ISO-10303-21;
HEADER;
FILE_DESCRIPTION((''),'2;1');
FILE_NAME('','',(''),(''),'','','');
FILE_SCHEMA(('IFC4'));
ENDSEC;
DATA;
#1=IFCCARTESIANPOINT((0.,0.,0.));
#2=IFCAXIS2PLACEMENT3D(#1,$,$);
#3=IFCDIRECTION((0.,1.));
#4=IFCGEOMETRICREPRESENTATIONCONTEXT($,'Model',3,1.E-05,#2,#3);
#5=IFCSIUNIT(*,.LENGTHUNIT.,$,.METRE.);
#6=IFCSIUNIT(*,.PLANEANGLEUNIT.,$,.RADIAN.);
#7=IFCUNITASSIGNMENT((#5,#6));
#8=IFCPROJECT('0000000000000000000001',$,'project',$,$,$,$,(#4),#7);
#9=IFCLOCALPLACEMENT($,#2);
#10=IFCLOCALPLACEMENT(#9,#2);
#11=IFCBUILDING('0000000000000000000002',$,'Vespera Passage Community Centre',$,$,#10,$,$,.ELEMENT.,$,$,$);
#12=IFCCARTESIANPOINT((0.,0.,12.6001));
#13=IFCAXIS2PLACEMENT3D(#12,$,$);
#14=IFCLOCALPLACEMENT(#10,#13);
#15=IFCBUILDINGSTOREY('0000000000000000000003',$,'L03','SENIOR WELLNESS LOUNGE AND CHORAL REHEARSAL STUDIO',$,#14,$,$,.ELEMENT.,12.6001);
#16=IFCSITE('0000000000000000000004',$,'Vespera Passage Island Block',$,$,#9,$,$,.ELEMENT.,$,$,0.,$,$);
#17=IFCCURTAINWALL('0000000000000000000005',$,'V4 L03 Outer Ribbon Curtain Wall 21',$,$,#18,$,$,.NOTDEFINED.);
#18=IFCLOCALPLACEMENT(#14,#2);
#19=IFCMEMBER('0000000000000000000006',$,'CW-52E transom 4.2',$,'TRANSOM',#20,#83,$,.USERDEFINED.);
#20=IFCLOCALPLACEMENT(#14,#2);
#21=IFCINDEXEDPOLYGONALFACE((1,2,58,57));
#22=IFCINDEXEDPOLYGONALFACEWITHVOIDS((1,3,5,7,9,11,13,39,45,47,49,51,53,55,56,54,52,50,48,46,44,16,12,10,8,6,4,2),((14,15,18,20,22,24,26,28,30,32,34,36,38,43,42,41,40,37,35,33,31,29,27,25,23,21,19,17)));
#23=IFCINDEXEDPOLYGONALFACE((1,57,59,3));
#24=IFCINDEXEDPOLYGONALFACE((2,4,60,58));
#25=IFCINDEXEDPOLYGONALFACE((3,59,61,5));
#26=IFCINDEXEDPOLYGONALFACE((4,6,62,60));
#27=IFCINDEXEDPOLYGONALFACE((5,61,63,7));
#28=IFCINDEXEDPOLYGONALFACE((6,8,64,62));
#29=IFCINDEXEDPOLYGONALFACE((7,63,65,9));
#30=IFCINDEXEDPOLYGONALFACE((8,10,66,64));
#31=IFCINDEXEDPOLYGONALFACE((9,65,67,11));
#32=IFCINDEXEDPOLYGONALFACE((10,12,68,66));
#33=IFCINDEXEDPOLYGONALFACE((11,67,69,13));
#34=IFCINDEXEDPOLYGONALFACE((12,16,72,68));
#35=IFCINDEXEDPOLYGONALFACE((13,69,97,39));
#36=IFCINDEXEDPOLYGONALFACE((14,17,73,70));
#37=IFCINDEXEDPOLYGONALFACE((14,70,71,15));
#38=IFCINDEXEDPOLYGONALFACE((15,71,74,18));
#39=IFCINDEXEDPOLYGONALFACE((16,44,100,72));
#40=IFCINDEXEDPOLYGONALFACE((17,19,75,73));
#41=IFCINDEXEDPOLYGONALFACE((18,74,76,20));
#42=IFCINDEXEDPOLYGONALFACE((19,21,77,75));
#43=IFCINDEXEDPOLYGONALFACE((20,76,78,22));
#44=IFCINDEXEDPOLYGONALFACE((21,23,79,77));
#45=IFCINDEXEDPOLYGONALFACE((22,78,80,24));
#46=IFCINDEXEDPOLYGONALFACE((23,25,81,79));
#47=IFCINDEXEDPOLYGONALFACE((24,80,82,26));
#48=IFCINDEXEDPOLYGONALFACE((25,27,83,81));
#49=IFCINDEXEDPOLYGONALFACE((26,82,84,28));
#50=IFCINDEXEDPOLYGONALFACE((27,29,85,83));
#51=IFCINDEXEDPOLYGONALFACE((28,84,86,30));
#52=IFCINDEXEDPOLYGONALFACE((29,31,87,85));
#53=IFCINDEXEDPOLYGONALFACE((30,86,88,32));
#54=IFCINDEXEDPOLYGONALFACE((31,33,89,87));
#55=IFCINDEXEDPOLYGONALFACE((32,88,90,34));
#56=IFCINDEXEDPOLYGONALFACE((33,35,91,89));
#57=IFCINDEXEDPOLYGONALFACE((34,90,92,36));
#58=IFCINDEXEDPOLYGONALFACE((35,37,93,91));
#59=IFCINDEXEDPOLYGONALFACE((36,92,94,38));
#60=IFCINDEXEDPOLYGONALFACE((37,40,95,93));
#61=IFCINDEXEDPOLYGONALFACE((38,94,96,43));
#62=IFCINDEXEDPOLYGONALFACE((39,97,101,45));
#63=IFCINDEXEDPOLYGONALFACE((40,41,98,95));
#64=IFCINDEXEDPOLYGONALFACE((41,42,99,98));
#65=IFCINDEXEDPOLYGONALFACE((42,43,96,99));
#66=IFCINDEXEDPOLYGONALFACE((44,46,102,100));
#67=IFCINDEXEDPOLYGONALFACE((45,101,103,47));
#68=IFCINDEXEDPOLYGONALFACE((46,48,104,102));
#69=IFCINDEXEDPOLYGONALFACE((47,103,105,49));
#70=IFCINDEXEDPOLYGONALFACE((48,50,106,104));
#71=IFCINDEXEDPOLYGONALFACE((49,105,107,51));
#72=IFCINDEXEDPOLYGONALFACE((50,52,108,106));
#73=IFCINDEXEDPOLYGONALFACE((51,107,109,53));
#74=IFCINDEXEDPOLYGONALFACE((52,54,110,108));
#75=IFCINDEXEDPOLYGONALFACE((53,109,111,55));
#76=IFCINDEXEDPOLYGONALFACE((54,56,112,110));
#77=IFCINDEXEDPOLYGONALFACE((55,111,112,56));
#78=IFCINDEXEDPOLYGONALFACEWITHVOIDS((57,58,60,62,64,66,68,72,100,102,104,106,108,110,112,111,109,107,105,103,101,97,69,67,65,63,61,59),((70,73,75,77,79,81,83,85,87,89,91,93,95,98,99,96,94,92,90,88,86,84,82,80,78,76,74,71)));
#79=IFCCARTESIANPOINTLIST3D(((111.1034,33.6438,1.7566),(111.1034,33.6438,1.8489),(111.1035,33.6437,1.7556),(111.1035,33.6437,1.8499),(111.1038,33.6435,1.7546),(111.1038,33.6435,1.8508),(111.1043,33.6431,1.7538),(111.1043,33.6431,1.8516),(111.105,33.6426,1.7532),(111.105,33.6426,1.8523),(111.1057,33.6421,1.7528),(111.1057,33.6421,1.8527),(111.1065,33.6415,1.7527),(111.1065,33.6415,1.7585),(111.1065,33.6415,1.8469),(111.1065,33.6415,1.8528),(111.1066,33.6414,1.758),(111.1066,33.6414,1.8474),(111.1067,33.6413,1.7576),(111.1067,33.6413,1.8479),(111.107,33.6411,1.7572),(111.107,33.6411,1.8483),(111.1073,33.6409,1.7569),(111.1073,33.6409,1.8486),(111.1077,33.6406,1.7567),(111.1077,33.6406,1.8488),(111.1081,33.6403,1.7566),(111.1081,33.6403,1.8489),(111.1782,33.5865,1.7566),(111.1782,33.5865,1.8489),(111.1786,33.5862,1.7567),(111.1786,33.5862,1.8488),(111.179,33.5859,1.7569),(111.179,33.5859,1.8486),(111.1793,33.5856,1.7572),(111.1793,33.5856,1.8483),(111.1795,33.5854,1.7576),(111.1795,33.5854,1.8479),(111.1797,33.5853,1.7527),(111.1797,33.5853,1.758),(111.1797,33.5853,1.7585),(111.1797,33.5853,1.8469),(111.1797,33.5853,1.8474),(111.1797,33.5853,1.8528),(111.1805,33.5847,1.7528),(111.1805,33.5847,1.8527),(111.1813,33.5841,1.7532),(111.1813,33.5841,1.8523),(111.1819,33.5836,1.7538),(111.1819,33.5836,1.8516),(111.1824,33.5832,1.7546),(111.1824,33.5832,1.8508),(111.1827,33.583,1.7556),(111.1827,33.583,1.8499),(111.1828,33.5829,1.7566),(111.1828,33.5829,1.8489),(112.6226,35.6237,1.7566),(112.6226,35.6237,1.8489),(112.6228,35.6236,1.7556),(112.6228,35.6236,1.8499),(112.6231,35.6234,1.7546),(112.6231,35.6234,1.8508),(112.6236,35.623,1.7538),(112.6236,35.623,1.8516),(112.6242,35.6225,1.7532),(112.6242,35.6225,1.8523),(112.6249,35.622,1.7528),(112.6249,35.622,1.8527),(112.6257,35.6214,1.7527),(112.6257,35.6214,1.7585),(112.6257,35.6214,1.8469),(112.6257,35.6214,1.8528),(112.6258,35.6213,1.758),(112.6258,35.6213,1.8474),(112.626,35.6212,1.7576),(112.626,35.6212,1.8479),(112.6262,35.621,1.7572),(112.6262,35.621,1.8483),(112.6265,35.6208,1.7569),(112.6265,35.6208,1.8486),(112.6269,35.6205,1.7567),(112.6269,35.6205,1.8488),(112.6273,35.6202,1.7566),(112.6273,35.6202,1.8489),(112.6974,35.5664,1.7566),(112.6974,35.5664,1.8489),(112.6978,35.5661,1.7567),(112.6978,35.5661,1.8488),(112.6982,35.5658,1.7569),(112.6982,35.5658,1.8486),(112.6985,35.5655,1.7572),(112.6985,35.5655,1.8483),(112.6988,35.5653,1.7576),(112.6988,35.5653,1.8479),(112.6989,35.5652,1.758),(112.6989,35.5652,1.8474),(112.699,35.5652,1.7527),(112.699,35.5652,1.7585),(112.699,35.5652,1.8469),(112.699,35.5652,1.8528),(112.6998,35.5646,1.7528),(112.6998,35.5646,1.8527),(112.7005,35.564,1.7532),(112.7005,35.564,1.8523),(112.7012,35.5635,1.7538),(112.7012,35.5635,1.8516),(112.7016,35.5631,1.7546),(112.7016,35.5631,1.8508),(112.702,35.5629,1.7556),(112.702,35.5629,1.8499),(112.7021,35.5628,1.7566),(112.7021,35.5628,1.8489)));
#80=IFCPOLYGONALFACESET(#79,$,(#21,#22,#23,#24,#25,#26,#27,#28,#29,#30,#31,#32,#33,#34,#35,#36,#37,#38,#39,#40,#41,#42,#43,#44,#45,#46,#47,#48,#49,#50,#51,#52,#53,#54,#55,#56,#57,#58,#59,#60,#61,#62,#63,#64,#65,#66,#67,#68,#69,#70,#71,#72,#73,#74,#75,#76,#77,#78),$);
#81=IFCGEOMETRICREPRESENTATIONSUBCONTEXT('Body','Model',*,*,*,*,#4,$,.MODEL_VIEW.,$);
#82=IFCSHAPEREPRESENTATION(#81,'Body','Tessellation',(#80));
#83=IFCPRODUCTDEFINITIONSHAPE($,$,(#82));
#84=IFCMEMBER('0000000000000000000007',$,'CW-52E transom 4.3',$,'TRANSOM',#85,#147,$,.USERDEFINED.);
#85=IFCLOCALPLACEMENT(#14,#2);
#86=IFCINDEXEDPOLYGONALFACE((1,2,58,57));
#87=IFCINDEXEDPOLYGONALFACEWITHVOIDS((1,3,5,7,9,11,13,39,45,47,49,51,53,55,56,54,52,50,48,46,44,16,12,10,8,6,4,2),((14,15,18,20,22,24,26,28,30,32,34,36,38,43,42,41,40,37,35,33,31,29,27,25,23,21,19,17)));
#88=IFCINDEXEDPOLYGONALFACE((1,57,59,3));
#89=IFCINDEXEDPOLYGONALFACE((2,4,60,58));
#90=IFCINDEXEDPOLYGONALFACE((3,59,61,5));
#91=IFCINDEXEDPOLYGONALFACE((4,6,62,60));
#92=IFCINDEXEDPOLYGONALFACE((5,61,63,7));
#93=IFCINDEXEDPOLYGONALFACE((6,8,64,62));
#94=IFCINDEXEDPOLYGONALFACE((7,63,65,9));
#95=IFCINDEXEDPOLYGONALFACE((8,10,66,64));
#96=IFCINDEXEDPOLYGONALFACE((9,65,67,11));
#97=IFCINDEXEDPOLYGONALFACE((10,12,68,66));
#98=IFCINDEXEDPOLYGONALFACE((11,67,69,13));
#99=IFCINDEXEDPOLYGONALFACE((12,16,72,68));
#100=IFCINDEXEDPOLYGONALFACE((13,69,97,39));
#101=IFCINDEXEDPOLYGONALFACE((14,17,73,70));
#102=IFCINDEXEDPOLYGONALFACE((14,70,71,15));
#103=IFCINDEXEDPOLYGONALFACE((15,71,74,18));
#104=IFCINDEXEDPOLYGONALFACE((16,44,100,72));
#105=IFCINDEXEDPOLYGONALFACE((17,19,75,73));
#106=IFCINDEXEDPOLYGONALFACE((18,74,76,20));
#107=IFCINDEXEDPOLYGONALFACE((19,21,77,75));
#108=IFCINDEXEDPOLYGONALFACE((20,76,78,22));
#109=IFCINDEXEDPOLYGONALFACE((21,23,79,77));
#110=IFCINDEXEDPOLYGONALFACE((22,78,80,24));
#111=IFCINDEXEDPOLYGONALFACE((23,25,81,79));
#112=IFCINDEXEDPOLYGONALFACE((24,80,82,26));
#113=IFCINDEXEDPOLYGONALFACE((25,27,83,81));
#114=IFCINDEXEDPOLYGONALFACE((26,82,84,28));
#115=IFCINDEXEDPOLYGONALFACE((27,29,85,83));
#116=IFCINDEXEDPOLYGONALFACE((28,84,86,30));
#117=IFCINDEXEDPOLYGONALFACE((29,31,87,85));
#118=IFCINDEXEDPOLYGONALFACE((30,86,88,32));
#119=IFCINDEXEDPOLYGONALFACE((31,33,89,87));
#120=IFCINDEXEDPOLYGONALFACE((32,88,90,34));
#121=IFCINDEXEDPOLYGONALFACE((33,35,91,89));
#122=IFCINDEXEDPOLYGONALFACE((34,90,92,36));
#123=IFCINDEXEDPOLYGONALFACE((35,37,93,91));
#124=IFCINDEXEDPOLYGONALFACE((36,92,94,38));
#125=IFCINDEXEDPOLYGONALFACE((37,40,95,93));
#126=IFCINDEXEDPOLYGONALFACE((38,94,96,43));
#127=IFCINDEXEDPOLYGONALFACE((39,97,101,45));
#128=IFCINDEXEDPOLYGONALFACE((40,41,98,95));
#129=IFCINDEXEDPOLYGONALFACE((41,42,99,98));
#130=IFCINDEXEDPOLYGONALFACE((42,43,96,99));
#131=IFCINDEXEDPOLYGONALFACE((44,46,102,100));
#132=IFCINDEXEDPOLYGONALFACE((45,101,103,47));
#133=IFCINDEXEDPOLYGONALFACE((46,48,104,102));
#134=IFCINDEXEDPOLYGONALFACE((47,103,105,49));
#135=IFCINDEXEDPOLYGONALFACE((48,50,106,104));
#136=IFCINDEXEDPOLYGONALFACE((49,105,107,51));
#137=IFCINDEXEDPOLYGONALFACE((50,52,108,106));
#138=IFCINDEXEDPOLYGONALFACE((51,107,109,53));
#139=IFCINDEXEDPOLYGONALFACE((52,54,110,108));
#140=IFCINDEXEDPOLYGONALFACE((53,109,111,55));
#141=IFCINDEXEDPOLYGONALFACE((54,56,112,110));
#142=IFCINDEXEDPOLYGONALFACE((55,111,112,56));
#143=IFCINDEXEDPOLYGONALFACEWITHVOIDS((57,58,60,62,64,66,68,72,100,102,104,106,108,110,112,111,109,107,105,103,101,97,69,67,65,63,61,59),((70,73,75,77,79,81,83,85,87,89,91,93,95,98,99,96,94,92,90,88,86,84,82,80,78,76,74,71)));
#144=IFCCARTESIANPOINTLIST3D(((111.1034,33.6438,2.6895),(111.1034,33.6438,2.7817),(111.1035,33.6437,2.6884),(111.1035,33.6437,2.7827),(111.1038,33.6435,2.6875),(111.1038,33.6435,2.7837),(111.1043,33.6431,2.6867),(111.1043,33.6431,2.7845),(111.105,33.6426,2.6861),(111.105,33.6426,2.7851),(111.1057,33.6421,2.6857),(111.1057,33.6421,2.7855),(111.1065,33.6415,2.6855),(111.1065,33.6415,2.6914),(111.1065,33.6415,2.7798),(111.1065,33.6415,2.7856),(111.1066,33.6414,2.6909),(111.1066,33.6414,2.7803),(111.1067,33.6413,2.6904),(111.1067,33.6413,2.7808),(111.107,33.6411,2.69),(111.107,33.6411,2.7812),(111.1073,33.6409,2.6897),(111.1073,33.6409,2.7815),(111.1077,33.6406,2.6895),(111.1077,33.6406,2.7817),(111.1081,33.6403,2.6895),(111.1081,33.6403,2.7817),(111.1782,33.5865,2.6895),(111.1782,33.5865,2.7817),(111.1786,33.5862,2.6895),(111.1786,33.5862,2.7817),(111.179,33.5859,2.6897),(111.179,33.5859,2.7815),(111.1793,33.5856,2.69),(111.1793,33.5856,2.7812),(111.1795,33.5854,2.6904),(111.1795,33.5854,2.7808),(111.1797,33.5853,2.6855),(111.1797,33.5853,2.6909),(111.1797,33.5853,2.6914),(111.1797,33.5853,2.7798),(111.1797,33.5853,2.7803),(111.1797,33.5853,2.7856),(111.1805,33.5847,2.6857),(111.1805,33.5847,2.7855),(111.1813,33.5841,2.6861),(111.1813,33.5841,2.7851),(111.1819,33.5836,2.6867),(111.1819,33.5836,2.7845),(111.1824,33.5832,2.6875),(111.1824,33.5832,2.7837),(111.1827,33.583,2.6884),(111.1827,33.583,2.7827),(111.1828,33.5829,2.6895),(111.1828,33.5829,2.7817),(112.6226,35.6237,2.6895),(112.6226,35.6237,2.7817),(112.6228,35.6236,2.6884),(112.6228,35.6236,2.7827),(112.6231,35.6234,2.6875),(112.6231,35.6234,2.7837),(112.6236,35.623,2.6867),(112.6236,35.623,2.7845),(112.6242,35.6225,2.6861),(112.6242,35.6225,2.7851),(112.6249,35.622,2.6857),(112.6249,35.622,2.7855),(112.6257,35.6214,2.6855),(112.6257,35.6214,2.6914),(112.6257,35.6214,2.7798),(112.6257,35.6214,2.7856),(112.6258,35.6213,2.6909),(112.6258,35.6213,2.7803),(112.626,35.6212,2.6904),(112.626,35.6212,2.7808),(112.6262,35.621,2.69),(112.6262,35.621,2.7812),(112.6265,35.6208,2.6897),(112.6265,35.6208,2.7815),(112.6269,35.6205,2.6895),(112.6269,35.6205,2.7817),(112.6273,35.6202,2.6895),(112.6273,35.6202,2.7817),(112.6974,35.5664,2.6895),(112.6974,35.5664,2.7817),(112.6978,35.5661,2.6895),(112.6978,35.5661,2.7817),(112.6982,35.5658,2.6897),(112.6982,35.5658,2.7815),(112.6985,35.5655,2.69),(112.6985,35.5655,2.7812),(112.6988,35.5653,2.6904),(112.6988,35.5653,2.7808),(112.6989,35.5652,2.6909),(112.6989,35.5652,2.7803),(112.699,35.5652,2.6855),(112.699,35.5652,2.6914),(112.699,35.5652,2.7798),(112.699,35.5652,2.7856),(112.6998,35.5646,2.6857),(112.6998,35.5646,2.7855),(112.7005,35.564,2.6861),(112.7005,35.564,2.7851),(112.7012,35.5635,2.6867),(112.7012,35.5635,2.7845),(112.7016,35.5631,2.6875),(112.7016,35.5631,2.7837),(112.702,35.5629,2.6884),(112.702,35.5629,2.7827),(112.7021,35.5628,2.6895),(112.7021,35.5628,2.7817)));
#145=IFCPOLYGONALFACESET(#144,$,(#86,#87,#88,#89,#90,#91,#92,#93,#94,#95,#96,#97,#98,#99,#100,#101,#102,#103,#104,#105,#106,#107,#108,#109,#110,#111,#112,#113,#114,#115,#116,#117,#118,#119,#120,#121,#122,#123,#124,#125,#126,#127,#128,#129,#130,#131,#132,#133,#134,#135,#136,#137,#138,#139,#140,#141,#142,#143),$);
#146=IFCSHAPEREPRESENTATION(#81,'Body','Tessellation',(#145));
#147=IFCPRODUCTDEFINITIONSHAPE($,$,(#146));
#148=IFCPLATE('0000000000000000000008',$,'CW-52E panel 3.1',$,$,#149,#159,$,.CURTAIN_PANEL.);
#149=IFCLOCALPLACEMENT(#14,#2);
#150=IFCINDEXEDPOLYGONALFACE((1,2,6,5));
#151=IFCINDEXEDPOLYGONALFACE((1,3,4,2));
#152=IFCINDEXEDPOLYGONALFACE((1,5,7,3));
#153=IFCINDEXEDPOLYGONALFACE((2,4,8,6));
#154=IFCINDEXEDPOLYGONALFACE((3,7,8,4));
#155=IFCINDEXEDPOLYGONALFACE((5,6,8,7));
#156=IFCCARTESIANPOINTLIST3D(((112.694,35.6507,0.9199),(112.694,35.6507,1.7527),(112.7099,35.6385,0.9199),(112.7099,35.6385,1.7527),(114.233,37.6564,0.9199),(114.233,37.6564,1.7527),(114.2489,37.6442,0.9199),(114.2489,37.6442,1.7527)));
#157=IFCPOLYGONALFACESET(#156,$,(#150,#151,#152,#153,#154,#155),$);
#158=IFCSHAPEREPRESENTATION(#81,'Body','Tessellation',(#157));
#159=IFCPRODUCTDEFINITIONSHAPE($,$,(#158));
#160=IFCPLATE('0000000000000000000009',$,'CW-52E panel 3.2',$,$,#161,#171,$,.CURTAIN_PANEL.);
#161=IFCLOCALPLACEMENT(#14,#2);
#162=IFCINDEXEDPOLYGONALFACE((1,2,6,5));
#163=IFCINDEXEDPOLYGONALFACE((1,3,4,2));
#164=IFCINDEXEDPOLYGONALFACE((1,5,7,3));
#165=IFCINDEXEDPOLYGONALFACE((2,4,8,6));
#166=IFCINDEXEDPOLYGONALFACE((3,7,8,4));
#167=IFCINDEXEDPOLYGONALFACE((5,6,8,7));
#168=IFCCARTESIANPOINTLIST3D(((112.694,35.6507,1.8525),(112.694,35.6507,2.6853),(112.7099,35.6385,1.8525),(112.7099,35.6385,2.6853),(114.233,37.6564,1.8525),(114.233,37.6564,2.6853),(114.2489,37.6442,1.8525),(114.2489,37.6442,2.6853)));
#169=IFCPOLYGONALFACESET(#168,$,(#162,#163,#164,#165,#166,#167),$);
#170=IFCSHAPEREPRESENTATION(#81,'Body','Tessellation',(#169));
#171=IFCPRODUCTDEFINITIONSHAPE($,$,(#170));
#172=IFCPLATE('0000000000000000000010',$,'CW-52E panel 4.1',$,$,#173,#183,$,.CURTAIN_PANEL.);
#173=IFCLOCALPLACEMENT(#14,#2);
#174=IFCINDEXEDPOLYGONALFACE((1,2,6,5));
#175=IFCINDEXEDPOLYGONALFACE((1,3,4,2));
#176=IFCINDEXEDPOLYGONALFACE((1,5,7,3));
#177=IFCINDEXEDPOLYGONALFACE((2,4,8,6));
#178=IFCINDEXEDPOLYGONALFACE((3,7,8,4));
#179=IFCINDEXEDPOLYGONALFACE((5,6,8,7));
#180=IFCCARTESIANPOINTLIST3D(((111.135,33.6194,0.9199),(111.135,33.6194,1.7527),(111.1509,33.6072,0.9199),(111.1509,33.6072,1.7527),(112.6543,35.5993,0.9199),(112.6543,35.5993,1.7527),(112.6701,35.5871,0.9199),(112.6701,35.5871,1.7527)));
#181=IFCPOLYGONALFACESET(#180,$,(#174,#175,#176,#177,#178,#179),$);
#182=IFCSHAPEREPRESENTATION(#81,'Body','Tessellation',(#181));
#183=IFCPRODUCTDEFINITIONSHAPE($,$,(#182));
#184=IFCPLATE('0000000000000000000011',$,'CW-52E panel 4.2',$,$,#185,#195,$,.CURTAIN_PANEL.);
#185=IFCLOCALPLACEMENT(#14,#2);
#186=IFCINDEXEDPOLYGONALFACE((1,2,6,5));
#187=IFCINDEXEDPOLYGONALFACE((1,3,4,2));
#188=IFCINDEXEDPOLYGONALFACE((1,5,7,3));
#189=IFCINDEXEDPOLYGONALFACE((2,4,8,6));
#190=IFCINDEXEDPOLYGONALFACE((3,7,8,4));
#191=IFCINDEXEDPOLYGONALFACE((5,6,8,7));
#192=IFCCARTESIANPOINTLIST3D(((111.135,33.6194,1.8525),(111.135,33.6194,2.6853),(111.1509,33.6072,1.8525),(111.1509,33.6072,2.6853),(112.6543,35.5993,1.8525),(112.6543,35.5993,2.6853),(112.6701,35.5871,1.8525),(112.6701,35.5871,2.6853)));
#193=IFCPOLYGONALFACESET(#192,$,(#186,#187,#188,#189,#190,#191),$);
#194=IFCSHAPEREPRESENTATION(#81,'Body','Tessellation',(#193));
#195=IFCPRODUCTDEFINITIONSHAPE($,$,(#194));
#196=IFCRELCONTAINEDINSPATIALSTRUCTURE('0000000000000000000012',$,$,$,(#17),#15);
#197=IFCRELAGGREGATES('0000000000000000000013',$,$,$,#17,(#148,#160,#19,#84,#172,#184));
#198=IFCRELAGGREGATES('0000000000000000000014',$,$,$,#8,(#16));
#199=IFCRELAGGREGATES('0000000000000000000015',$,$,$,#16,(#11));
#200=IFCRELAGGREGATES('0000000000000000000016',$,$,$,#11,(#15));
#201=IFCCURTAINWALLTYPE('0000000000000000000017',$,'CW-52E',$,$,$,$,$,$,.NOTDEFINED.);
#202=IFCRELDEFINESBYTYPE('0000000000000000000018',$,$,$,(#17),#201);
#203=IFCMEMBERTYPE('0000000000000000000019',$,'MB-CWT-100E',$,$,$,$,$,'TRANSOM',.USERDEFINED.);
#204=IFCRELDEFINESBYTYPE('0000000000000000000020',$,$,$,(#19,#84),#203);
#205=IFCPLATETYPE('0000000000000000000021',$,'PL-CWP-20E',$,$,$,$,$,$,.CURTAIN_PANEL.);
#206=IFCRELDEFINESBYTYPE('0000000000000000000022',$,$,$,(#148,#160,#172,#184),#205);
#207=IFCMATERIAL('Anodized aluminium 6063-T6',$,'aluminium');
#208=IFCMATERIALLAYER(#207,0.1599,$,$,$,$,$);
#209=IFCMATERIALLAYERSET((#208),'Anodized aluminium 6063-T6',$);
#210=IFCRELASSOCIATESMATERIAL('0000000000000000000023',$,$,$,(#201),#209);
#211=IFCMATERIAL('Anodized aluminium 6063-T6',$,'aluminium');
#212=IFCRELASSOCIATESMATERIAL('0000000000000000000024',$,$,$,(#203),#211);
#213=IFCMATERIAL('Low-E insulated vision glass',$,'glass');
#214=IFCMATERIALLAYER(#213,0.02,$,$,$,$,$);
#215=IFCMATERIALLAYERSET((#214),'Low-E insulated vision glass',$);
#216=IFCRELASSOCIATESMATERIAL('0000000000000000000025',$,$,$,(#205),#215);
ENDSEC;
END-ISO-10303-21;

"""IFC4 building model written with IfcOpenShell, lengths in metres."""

from ifc_helpers import new_model, si_unit, direction, frame, origin, origin_2d, place, context, subcontext, project, spatial, rectangle, hollow_rectangle, extrude, material, layer, layer_set, material_profile, profile_set, type_object, element, aggregate, save


model = new_model("IFC4")

# Units and contexts
model_context = context("Model", 3, precision=1e-05, world=origin(), true_north=direction((0.0, 1.0)))
body_context = subcontext(model_context, "Body", "Model", "MODEL_VIEW")
ifc_project = project(units=[si_unit("LENGTHUNIT", "METRE"), si_unit("PLANEANGLEUNIT", "RADIAN")], contexts=[model_context])

# Site, building, storey
site_placement = place(None, origin())
site = spatial("IfcSite", under=ifc_project, at=site_placement, Name="Vespera Passage Island Block", CompositionType="ELEMENT", RefElevation=0.0)
building_placement = place(site_placement, origin())
building = spatial("IfcBuilding", under=site, at=building_placement, Name="Vespera Passage Community Centre", CompositionType="ELEMENT")
storey_placement = place(building_placement, frame((0.0, 0.0, 12.6001)))
storey = spatial("IfcBuildingStorey", under=building, at=storey_placement, Name="L03", Description="SENIOR WELLNESS LOUNGE AND CHORAL REHEARSAL STUDIO", CompositionType="ELEMENT", Elevation=12.6001)

# Curtain wall, members, plates
ifc_material_1 = material(Name="Anodized aluminium 6063-T6", Category="aluminium")
ifc_layer_1 = layer(ifc_material_1, 0.1599)
ifc_layer_set_1 = layer_set([ifc_layer_1], Name="Anodized aluminium 6063-T6")
curtain_wall_type = type_object("IfcCurtainWallType", Name="CW-52E", PredefinedType="NOTDEFINED", material=ifc_layer_set_1)
curtain_wall_placement = place(storey_placement, origin())
curtain_wall = element("IfcCurtainWall", 1, at=curtain_wall_placement, inside=storey, type_object=curtain_wall_type, Name="V4 L03 Outer Ribbon Curtain Wall 21", PredefinedType="NOTDEFINED")
ifc_material_2 = material(Name="Anodized aluminium 6063-T6", Category="aluminium")
ifc_material_profile_1 = material_profile(ifc_material_2, hollow_rectangle(XDim=0.1001, YDim=0.1001, WallThickness=0.0039, InnerFilletRadius=0.002, OuterFilletRadius=0.0039, at=origin_2d()), Name="ALU100X100X4")
ifc_profile_set_1 = profile_set([ifc_material_profile_1], Name="Anodized aluminium 6063-T6")
member_type_1 = type_object("IfcMemberType", Name="MB-CWT-100E", ElementType="TRANSOM", PredefinedType="USERDEFINED", material=ifc_profile_set_1)
member_1_placement = place(storey_placement, frame((112.6624, 35.5933, 1.8027), z_axis=(-0.60876, -0.793354, 0.0), x_axis=(0.793354, -0.60876, 0.0)))
member_1 = element("IfcMember", 2, at=member_1_placement, type_object=member_type_1, Name="CW-52E transom 4.2", ObjectType="TRANSOM", PredefinedType="USERDEFINED", context=body_context, shape_type="SweptSolid", body=[
    extrude(hollow_rectangle(XDim=0.1001, YDim=0.1001, WallThickness=0.0039, InnerFilletRadius=0.002, OuterFilletRadius=0.0039, at=origin_2d()), origin(), (0.0, 0.0, 1.0), 2.4956),
])
member_2_placement = place(storey_placement, frame((112.6624, 35.5933, 2.7356), z_axis=(-0.60876, -0.793354, 0.0), x_axis=(0.793354, -0.60876, 0.0)))
member_2 = element("IfcMember", 3, at=member_2_placement, type_object=member_type_1, Name="CW-52E transom 4.3", ObjectType="TRANSOM", PredefinedType="USERDEFINED", context=body_context, shape_type="SweptSolid", body=[
    extrude(hollow_rectangle(XDim=0.1001, YDim=0.1001, WallThickness=0.0039, InnerFilletRadius=0.002, OuterFilletRadius=0.0039, at=origin_2d()), origin(), (0.0, 0.0, 1.0), 2.4956),
])
ifc_material_3 = material(Name="Low-E insulated vision glass", Category="glass")
ifc_layer_2 = layer(ifc_material_3, 0.02)
ifc_layer_set_2 = layer_set([ifc_layer_2], Name="Low-E insulated vision glass")
plate_type = type_object("IfcPlateType", Name="PL-CWP-20E", PredefinedType="CURTAIN_PANEL", material=ifc_layer_set_2)
plate_1_placement = place(storey_placement, frame((113.4714, 36.6475, 0.9199), z_axis=(0.0, 0.0, 1.0), x_axis=(-0.608765, -0.79335, 0.0)))
plate_1 = element("IfcPlate", 4, at=plate_1_placement, type_object=plate_type, Name="CW-52E panel 3.1", PredefinedType="CURTAIN_PANEL", context=body_context, shape_type="SweptSolid", body=[
    extrude(rectangle(XDim=2.5281, YDim=0.02, at=origin_2d()), origin(), (0.0, 0.0, 1.0), 0.8328),
])
plate_2_placement = place(storey_placement, frame((113.4714, 36.6475, 1.8525), z_axis=(0.0, 0.0, 1.0), x_axis=(-0.608765, -0.79335, 0.0)))
plate_2 = element("IfcPlate", 5, at=plate_2_placement, type_object=plate_type, Name="CW-52E panel 3.2", PredefinedType="CURTAIN_PANEL", context=body_context, shape_type="SweptSolid", body=[
    extrude(rectangle(XDim=2.5281, YDim=0.02, at=origin_2d()), origin(), (0.0, 0.0, 1.0), 0.8328),
])
plate_3_placement = place(storey_placement, frame((111.9026, 34.6033, 0.9199), z_axis=(0.0, 0.0, 1.0), x_axis=(-0.608765, -0.79335, 0.0)))
plate_3 = element("IfcPlate", 6, at=plate_3_placement, type_object=plate_type, Name="CW-52E panel 4.1", PredefinedType="CURTAIN_PANEL", context=body_context, shape_type="SweptSolid", body=[
    extrude(rectangle(XDim=2.4956, YDim=0.02, at=origin_2d()), origin(), (0.0, 0.0, 1.0), 0.8328),
])
plate_4_placement = place(storey_placement, frame((111.9026, 34.6033, 1.8525), z_axis=(0.0, 0.0, 1.0), x_axis=(-0.608765, -0.79335, 0.0)))
plate_4 = element("IfcPlate", 7, at=plate_4_placement, type_object=plate_type, Name="CW-52E panel 4.2", PredefinedType="CURTAIN_PANEL", context=body_context, shape_type="SweptSolid", body=[
    extrude(rectangle(XDim=2.4956, YDim=0.02, at=origin_2d()), origin(), (0.0, 0.0, 1.0), 0.8328),
])
aggregate(curtain_wall, [plate_1, plate_2, member_1, member_2, plate_3, plate_4])

save(model, "model.ifc")
